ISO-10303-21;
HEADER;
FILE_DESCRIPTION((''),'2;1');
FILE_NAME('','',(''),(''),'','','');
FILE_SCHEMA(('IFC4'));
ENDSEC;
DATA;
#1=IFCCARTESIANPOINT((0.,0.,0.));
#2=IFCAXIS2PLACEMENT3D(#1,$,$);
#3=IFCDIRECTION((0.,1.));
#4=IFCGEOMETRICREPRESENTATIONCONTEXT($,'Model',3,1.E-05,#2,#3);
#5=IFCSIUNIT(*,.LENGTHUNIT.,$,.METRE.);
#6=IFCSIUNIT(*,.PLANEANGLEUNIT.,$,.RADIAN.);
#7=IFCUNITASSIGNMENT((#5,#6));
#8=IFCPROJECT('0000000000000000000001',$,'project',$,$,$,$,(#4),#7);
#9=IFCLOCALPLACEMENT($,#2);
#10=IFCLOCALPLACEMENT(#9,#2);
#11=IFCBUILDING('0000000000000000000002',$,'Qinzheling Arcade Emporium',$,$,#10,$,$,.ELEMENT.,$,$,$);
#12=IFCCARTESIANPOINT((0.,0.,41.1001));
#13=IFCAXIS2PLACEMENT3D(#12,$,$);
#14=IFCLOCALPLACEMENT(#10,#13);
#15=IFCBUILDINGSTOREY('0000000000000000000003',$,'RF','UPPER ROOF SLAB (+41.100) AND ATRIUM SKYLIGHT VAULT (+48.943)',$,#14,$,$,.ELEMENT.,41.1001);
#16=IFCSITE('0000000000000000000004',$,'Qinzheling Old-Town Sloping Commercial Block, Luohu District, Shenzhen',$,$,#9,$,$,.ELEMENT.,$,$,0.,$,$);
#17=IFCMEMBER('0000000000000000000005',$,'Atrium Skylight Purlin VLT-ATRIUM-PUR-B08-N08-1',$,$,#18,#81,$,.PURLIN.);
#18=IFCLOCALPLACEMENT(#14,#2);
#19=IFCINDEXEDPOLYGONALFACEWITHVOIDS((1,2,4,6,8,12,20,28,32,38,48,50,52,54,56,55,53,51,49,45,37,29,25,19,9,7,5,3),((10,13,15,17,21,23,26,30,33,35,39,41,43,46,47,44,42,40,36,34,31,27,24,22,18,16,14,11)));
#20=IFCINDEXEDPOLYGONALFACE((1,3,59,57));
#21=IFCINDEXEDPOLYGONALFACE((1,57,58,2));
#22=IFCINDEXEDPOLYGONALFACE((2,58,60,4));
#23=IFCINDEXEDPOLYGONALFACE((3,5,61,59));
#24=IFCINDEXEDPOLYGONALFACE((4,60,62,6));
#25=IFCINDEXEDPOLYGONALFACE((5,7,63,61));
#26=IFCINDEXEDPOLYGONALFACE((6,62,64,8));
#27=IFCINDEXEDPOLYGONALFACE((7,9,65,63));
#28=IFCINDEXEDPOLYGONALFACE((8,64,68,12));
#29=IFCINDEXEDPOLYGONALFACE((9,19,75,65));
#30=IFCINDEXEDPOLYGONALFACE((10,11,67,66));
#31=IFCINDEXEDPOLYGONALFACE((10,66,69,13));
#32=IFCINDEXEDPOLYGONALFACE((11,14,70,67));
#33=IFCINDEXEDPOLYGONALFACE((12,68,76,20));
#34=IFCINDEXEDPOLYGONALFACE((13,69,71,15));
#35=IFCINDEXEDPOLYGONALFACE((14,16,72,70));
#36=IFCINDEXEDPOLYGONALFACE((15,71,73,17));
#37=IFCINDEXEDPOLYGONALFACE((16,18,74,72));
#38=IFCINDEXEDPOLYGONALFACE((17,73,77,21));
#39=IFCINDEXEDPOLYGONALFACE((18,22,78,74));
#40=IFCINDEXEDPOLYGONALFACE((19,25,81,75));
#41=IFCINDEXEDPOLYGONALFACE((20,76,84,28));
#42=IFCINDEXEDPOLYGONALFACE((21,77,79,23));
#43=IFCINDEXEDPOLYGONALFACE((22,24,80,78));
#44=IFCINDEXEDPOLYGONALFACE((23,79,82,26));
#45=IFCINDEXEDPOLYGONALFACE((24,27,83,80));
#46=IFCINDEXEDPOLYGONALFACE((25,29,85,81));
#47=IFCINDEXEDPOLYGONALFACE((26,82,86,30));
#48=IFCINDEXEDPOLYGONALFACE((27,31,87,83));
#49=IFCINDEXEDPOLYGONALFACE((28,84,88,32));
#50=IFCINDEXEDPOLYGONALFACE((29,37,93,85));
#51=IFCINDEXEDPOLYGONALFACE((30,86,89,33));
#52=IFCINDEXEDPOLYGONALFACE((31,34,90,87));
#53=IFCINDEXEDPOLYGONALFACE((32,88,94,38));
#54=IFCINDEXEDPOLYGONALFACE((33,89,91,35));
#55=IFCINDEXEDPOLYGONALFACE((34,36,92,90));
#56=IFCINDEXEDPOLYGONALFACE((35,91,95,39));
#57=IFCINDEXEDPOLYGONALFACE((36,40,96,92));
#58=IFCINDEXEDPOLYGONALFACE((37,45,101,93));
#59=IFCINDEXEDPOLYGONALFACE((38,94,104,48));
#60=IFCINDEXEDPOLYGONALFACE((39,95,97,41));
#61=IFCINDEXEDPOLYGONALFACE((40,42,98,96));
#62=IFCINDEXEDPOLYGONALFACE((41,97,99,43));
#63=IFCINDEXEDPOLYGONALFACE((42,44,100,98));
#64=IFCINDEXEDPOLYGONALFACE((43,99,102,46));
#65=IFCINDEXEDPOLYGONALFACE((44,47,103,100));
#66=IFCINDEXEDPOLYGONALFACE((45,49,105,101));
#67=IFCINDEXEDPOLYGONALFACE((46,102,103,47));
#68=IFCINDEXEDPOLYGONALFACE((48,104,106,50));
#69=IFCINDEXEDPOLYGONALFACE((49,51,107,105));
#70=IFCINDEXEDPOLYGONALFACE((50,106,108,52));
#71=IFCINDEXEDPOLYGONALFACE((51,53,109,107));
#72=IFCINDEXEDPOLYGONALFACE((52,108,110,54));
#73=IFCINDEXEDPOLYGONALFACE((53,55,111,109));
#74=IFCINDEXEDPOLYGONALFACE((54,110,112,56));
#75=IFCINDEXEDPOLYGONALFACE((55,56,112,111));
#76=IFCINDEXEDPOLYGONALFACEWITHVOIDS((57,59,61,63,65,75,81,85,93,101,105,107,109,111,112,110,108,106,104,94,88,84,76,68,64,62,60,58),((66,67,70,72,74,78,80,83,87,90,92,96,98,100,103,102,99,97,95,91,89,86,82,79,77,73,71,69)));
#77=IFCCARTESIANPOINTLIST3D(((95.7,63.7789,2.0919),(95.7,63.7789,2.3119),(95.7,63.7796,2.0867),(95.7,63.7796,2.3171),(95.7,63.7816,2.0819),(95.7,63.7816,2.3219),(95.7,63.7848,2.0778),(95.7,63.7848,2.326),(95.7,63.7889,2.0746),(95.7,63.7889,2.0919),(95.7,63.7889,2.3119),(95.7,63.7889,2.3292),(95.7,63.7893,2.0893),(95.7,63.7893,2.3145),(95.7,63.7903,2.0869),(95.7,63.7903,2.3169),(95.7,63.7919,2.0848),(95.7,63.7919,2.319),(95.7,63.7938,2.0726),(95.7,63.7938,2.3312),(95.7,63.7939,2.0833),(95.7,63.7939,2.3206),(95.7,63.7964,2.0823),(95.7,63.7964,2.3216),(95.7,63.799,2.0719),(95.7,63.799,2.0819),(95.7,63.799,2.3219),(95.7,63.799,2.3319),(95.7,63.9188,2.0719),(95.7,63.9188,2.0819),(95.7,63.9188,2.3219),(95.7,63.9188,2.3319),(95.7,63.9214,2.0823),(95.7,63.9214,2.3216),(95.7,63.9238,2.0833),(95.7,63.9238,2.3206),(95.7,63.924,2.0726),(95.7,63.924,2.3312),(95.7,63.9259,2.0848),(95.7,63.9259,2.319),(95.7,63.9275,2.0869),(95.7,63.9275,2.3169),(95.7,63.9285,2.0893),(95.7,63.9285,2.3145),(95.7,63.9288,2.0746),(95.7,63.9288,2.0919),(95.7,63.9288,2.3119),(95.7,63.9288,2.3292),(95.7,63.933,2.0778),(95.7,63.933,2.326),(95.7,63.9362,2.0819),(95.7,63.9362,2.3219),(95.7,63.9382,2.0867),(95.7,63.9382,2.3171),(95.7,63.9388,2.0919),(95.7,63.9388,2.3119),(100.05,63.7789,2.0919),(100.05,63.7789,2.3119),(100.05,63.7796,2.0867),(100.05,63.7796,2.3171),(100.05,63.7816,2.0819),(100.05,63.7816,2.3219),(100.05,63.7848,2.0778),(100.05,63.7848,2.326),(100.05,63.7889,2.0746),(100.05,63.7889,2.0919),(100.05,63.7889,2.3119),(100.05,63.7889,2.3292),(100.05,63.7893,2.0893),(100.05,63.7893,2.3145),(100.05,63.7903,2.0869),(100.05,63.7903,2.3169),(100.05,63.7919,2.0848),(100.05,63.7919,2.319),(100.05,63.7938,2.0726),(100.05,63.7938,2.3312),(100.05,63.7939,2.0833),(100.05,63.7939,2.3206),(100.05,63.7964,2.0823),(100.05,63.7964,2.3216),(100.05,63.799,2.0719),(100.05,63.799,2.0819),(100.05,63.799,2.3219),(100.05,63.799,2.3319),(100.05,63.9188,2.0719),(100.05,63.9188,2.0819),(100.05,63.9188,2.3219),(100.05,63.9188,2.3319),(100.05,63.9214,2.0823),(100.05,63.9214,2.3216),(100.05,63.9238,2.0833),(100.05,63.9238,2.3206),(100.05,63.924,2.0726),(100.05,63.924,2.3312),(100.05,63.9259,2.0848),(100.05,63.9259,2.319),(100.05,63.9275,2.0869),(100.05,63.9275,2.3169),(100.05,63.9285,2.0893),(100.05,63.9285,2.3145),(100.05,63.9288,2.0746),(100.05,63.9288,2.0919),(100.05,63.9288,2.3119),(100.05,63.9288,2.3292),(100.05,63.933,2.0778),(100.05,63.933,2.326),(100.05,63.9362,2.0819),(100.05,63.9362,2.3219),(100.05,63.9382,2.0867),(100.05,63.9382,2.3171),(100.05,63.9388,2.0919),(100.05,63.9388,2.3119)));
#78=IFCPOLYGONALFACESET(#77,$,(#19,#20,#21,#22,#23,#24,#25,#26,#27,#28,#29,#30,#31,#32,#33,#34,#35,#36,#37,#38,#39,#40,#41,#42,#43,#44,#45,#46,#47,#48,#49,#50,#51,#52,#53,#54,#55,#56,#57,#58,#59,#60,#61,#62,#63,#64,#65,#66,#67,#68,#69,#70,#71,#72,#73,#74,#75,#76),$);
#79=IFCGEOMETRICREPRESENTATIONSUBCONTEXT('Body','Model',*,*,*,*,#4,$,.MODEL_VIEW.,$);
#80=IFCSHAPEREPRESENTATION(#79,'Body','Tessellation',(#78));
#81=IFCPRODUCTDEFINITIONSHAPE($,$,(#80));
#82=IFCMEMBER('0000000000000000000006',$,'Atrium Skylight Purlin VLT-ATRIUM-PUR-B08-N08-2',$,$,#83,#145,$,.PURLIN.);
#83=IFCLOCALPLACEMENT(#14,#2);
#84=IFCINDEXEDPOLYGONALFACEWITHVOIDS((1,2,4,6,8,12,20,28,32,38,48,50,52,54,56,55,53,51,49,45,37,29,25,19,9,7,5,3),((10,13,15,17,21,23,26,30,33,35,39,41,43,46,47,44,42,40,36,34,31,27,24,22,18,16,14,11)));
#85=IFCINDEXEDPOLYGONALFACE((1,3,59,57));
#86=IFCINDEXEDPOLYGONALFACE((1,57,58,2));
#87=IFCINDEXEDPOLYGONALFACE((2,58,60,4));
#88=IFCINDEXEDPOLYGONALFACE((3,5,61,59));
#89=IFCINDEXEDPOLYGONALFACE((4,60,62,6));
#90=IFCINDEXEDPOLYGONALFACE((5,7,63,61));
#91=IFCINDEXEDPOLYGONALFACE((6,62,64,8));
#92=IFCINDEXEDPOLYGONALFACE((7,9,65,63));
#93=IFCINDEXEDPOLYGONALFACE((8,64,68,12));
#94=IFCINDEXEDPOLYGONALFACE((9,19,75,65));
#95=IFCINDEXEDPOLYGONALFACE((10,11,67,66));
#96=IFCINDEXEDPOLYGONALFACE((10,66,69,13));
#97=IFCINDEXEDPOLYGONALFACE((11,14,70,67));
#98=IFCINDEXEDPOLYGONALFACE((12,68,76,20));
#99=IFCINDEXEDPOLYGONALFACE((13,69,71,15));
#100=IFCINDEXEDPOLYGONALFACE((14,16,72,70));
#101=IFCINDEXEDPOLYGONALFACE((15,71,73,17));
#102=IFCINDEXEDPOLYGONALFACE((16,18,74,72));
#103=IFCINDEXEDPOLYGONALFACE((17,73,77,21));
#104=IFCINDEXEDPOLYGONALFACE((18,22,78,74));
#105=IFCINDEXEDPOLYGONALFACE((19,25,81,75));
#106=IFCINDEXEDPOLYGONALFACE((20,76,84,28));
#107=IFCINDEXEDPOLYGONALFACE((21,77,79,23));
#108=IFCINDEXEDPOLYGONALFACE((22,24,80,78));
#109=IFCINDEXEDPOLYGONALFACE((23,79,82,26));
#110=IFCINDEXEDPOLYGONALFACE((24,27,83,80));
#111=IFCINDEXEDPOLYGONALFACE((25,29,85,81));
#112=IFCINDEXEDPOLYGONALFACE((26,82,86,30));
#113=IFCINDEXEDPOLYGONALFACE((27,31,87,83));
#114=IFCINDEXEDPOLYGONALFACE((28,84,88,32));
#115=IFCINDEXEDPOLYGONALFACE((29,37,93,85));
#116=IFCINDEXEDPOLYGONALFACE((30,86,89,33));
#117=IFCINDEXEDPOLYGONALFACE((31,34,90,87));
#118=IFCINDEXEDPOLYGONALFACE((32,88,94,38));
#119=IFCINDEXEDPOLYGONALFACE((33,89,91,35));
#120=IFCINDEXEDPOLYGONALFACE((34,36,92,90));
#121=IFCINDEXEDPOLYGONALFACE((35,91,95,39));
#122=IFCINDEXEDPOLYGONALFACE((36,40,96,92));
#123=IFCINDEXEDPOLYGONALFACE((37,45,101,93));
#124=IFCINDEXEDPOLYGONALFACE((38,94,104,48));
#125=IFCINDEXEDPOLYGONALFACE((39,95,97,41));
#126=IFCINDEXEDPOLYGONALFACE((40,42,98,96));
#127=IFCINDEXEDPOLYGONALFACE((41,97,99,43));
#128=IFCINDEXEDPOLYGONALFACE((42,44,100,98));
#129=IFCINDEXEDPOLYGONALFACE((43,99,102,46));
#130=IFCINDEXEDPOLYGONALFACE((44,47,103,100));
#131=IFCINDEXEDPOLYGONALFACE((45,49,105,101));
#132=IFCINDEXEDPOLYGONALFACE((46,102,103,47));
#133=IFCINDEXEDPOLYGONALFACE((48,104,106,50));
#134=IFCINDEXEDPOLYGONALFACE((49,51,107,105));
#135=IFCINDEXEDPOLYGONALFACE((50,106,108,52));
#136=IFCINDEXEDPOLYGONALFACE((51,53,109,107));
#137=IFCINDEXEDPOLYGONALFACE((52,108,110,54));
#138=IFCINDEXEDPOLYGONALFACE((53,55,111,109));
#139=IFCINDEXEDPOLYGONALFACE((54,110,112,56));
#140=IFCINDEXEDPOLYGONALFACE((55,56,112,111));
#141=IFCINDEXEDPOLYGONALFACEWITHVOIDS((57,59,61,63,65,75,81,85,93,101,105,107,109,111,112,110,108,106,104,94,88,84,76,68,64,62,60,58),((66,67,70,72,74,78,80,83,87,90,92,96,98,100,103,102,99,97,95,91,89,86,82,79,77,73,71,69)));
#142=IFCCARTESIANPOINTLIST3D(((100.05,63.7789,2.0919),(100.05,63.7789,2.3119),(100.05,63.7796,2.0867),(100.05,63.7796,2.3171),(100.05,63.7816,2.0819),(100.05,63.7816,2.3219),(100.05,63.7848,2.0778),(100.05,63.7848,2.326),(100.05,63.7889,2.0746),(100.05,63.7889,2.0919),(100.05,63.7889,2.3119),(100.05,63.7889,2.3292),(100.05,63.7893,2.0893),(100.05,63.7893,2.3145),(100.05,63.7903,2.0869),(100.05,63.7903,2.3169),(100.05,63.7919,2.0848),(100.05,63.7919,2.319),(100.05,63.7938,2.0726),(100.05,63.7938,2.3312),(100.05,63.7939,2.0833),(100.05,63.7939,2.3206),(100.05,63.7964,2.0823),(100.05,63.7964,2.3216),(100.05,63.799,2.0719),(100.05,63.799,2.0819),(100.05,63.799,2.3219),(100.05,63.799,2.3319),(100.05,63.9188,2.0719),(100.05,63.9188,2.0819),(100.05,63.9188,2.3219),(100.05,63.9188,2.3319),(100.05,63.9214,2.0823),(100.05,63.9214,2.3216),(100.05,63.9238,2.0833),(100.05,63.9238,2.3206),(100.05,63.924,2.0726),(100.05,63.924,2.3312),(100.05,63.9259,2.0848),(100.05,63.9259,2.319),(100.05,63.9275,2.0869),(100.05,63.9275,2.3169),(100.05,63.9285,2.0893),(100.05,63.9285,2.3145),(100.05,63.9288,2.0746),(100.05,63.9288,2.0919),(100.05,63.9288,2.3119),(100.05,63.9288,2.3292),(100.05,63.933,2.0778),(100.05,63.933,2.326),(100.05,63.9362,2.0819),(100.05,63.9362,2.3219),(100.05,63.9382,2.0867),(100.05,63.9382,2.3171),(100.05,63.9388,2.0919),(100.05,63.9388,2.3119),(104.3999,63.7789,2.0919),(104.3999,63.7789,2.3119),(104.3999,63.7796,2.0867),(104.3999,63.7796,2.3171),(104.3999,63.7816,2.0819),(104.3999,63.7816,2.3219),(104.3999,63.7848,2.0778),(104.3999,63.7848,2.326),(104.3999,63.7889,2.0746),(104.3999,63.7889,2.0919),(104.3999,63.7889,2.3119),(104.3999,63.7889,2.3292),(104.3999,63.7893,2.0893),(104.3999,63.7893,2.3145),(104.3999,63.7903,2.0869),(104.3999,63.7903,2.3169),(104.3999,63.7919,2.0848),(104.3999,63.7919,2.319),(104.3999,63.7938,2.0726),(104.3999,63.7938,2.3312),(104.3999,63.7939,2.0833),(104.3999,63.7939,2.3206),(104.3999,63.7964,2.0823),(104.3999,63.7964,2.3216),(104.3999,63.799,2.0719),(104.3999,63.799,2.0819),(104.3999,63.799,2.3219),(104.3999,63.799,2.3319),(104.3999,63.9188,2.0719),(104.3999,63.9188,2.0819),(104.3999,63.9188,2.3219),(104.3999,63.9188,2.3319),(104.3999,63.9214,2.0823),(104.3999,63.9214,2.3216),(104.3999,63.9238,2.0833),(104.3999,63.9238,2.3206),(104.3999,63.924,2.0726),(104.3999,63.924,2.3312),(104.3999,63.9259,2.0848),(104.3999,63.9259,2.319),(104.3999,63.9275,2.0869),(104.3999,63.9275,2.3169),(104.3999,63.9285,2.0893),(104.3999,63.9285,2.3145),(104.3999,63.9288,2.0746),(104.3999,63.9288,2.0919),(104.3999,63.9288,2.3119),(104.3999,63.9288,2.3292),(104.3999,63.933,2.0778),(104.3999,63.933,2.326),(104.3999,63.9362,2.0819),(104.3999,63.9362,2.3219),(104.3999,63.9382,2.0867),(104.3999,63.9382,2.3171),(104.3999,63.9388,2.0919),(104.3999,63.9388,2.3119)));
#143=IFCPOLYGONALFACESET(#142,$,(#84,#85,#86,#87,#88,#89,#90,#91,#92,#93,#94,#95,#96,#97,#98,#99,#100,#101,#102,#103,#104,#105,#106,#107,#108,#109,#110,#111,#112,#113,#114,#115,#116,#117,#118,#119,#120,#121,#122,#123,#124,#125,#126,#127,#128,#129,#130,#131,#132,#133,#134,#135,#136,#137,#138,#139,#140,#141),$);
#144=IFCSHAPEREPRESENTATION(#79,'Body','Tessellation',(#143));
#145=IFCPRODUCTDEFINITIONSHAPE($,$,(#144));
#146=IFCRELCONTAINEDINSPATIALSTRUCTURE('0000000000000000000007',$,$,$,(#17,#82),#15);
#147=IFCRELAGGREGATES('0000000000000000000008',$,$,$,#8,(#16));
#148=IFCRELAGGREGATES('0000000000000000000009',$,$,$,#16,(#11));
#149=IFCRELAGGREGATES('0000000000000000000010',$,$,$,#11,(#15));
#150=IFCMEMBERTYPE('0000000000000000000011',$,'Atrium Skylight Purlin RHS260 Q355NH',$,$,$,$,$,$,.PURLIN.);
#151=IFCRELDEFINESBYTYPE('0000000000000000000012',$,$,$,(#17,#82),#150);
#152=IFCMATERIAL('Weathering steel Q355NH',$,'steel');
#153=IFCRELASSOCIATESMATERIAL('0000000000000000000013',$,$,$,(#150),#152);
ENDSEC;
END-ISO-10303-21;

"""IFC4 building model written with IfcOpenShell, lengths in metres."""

from ifc_helpers import new_model, si_unit, direction, frame, origin, origin_2d, place, context, subcontext, project, spatial, hollow_rectangle, extrude, material, material_profile, profile_set, type_object, element, save


model = new_model("IFC4")

# Units and contexts
model_context = context("Model", 3, precision=1e-05, world=origin(), true_north=direction((0.0, 1.0)))
body_context = subcontext(model_context, "Body", "Model", "MODEL_VIEW")
ifc_project = project(units=[si_unit("LENGTHUNIT", "METRE"), si_unit("PLANEANGLEUNIT", "RADIAN")], contexts=[model_context])

# Site, building, storey
site_placement = place(None, origin())
site = spatial("IfcSite", under=ifc_project, at=site_placement, Name="Qinzheling Old-Town Sloping Commercial Block, Luohu District, Shenzhen", CompositionType="ELEMENT", RefElevation=0.0)
building_placement = place(site_placement, origin())
building = spatial("IfcBuilding", under=site, at=building_placement, Name="Qinzheling Arcade Emporium", CompositionType="ELEMENT")
storey_placement = place(building_placement, frame((0.0, 0.0, 41.1001)))
storey = spatial("IfcBuildingStorey", under=building, at=storey_placement, Name="RF", Description="UPPER ROOF SLAB (+41.100) AND ATRIUM SKYLIGHT VAULT (+48.943)", CompositionType="ELEMENT", Elevation=41.1001)

# Shared definitions
ifc_material_1 = material(Name="Weathering steel Q355NH", Category="steel")

# Members
ifc_material_profile_1 = material_profile(ifc_material_1, hollow_rectangle(XDim=0.1599, YDim=0.26, WallThickness=0.01, InnerFilletRadius=0.01, OuterFilletRadius=0.02, at=origin_2d()), Name="RHS 260x160x10", Category="steel")
ifc_profile_set_1 = profile_set([ifc_material_profile_1], Name="Weathering steel Q355NH")
member_type = type_object("IfcMemberType", Name="Atrium Skylight Purlin RHS260 Q355NH", PredefinedType="PURLIN", material=ifc_profile_set_1)
member_1_placement = place(storey_placement, frame((95.7, 63.8589, 2.2019), z_axis=(1.0, 0.0, 0.0), x_axis=(0.0, 1.0, 0.0)))
element("IfcMember", 1, at=member_1_placement, inside=storey, type_object=member_type, Name="Atrium Skylight Purlin VLT-ATRIUM-PUR-B08-N08-1", PredefinedType="PURLIN", context=body_context, shape_type="SweptSolid", body=[
    extrude(hollow_rectangle(XDim=0.1599, YDim=0.26, WallThickness=0.01, InnerFilletRadius=0.01, OuterFilletRadius=0.02, at=origin_2d()), origin(), (0.0, 0.0, 1.0), 4.3501),
])
member_2_placement = place(storey_placement, frame((100.05, 63.8589, 2.2019), z_axis=(1.0, 0.0, 0.0), x_axis=(0.0, 1.0, 0.0)))
element("IfcMember", 2, at=member_2_placement, inside=storey, type_object=member_type, Name="Atrium Skylight Purlin VLT-ATRIUM-PUR-B08-N08-2", PredefinedType="PURLIN", context=body_context, shape_type="SweptSolid", body=[
    extrude(hollow_rectangle(XDim=0.1599, YDim=0.26, WallThickness=0.01, InnerFilletRadius=0.01, OuterFilletRadius=0.02, at=origin_2d()), origin(), (0.0, 0.0, 1.0), 4.3499),
])

save(model, "model.ifc")
